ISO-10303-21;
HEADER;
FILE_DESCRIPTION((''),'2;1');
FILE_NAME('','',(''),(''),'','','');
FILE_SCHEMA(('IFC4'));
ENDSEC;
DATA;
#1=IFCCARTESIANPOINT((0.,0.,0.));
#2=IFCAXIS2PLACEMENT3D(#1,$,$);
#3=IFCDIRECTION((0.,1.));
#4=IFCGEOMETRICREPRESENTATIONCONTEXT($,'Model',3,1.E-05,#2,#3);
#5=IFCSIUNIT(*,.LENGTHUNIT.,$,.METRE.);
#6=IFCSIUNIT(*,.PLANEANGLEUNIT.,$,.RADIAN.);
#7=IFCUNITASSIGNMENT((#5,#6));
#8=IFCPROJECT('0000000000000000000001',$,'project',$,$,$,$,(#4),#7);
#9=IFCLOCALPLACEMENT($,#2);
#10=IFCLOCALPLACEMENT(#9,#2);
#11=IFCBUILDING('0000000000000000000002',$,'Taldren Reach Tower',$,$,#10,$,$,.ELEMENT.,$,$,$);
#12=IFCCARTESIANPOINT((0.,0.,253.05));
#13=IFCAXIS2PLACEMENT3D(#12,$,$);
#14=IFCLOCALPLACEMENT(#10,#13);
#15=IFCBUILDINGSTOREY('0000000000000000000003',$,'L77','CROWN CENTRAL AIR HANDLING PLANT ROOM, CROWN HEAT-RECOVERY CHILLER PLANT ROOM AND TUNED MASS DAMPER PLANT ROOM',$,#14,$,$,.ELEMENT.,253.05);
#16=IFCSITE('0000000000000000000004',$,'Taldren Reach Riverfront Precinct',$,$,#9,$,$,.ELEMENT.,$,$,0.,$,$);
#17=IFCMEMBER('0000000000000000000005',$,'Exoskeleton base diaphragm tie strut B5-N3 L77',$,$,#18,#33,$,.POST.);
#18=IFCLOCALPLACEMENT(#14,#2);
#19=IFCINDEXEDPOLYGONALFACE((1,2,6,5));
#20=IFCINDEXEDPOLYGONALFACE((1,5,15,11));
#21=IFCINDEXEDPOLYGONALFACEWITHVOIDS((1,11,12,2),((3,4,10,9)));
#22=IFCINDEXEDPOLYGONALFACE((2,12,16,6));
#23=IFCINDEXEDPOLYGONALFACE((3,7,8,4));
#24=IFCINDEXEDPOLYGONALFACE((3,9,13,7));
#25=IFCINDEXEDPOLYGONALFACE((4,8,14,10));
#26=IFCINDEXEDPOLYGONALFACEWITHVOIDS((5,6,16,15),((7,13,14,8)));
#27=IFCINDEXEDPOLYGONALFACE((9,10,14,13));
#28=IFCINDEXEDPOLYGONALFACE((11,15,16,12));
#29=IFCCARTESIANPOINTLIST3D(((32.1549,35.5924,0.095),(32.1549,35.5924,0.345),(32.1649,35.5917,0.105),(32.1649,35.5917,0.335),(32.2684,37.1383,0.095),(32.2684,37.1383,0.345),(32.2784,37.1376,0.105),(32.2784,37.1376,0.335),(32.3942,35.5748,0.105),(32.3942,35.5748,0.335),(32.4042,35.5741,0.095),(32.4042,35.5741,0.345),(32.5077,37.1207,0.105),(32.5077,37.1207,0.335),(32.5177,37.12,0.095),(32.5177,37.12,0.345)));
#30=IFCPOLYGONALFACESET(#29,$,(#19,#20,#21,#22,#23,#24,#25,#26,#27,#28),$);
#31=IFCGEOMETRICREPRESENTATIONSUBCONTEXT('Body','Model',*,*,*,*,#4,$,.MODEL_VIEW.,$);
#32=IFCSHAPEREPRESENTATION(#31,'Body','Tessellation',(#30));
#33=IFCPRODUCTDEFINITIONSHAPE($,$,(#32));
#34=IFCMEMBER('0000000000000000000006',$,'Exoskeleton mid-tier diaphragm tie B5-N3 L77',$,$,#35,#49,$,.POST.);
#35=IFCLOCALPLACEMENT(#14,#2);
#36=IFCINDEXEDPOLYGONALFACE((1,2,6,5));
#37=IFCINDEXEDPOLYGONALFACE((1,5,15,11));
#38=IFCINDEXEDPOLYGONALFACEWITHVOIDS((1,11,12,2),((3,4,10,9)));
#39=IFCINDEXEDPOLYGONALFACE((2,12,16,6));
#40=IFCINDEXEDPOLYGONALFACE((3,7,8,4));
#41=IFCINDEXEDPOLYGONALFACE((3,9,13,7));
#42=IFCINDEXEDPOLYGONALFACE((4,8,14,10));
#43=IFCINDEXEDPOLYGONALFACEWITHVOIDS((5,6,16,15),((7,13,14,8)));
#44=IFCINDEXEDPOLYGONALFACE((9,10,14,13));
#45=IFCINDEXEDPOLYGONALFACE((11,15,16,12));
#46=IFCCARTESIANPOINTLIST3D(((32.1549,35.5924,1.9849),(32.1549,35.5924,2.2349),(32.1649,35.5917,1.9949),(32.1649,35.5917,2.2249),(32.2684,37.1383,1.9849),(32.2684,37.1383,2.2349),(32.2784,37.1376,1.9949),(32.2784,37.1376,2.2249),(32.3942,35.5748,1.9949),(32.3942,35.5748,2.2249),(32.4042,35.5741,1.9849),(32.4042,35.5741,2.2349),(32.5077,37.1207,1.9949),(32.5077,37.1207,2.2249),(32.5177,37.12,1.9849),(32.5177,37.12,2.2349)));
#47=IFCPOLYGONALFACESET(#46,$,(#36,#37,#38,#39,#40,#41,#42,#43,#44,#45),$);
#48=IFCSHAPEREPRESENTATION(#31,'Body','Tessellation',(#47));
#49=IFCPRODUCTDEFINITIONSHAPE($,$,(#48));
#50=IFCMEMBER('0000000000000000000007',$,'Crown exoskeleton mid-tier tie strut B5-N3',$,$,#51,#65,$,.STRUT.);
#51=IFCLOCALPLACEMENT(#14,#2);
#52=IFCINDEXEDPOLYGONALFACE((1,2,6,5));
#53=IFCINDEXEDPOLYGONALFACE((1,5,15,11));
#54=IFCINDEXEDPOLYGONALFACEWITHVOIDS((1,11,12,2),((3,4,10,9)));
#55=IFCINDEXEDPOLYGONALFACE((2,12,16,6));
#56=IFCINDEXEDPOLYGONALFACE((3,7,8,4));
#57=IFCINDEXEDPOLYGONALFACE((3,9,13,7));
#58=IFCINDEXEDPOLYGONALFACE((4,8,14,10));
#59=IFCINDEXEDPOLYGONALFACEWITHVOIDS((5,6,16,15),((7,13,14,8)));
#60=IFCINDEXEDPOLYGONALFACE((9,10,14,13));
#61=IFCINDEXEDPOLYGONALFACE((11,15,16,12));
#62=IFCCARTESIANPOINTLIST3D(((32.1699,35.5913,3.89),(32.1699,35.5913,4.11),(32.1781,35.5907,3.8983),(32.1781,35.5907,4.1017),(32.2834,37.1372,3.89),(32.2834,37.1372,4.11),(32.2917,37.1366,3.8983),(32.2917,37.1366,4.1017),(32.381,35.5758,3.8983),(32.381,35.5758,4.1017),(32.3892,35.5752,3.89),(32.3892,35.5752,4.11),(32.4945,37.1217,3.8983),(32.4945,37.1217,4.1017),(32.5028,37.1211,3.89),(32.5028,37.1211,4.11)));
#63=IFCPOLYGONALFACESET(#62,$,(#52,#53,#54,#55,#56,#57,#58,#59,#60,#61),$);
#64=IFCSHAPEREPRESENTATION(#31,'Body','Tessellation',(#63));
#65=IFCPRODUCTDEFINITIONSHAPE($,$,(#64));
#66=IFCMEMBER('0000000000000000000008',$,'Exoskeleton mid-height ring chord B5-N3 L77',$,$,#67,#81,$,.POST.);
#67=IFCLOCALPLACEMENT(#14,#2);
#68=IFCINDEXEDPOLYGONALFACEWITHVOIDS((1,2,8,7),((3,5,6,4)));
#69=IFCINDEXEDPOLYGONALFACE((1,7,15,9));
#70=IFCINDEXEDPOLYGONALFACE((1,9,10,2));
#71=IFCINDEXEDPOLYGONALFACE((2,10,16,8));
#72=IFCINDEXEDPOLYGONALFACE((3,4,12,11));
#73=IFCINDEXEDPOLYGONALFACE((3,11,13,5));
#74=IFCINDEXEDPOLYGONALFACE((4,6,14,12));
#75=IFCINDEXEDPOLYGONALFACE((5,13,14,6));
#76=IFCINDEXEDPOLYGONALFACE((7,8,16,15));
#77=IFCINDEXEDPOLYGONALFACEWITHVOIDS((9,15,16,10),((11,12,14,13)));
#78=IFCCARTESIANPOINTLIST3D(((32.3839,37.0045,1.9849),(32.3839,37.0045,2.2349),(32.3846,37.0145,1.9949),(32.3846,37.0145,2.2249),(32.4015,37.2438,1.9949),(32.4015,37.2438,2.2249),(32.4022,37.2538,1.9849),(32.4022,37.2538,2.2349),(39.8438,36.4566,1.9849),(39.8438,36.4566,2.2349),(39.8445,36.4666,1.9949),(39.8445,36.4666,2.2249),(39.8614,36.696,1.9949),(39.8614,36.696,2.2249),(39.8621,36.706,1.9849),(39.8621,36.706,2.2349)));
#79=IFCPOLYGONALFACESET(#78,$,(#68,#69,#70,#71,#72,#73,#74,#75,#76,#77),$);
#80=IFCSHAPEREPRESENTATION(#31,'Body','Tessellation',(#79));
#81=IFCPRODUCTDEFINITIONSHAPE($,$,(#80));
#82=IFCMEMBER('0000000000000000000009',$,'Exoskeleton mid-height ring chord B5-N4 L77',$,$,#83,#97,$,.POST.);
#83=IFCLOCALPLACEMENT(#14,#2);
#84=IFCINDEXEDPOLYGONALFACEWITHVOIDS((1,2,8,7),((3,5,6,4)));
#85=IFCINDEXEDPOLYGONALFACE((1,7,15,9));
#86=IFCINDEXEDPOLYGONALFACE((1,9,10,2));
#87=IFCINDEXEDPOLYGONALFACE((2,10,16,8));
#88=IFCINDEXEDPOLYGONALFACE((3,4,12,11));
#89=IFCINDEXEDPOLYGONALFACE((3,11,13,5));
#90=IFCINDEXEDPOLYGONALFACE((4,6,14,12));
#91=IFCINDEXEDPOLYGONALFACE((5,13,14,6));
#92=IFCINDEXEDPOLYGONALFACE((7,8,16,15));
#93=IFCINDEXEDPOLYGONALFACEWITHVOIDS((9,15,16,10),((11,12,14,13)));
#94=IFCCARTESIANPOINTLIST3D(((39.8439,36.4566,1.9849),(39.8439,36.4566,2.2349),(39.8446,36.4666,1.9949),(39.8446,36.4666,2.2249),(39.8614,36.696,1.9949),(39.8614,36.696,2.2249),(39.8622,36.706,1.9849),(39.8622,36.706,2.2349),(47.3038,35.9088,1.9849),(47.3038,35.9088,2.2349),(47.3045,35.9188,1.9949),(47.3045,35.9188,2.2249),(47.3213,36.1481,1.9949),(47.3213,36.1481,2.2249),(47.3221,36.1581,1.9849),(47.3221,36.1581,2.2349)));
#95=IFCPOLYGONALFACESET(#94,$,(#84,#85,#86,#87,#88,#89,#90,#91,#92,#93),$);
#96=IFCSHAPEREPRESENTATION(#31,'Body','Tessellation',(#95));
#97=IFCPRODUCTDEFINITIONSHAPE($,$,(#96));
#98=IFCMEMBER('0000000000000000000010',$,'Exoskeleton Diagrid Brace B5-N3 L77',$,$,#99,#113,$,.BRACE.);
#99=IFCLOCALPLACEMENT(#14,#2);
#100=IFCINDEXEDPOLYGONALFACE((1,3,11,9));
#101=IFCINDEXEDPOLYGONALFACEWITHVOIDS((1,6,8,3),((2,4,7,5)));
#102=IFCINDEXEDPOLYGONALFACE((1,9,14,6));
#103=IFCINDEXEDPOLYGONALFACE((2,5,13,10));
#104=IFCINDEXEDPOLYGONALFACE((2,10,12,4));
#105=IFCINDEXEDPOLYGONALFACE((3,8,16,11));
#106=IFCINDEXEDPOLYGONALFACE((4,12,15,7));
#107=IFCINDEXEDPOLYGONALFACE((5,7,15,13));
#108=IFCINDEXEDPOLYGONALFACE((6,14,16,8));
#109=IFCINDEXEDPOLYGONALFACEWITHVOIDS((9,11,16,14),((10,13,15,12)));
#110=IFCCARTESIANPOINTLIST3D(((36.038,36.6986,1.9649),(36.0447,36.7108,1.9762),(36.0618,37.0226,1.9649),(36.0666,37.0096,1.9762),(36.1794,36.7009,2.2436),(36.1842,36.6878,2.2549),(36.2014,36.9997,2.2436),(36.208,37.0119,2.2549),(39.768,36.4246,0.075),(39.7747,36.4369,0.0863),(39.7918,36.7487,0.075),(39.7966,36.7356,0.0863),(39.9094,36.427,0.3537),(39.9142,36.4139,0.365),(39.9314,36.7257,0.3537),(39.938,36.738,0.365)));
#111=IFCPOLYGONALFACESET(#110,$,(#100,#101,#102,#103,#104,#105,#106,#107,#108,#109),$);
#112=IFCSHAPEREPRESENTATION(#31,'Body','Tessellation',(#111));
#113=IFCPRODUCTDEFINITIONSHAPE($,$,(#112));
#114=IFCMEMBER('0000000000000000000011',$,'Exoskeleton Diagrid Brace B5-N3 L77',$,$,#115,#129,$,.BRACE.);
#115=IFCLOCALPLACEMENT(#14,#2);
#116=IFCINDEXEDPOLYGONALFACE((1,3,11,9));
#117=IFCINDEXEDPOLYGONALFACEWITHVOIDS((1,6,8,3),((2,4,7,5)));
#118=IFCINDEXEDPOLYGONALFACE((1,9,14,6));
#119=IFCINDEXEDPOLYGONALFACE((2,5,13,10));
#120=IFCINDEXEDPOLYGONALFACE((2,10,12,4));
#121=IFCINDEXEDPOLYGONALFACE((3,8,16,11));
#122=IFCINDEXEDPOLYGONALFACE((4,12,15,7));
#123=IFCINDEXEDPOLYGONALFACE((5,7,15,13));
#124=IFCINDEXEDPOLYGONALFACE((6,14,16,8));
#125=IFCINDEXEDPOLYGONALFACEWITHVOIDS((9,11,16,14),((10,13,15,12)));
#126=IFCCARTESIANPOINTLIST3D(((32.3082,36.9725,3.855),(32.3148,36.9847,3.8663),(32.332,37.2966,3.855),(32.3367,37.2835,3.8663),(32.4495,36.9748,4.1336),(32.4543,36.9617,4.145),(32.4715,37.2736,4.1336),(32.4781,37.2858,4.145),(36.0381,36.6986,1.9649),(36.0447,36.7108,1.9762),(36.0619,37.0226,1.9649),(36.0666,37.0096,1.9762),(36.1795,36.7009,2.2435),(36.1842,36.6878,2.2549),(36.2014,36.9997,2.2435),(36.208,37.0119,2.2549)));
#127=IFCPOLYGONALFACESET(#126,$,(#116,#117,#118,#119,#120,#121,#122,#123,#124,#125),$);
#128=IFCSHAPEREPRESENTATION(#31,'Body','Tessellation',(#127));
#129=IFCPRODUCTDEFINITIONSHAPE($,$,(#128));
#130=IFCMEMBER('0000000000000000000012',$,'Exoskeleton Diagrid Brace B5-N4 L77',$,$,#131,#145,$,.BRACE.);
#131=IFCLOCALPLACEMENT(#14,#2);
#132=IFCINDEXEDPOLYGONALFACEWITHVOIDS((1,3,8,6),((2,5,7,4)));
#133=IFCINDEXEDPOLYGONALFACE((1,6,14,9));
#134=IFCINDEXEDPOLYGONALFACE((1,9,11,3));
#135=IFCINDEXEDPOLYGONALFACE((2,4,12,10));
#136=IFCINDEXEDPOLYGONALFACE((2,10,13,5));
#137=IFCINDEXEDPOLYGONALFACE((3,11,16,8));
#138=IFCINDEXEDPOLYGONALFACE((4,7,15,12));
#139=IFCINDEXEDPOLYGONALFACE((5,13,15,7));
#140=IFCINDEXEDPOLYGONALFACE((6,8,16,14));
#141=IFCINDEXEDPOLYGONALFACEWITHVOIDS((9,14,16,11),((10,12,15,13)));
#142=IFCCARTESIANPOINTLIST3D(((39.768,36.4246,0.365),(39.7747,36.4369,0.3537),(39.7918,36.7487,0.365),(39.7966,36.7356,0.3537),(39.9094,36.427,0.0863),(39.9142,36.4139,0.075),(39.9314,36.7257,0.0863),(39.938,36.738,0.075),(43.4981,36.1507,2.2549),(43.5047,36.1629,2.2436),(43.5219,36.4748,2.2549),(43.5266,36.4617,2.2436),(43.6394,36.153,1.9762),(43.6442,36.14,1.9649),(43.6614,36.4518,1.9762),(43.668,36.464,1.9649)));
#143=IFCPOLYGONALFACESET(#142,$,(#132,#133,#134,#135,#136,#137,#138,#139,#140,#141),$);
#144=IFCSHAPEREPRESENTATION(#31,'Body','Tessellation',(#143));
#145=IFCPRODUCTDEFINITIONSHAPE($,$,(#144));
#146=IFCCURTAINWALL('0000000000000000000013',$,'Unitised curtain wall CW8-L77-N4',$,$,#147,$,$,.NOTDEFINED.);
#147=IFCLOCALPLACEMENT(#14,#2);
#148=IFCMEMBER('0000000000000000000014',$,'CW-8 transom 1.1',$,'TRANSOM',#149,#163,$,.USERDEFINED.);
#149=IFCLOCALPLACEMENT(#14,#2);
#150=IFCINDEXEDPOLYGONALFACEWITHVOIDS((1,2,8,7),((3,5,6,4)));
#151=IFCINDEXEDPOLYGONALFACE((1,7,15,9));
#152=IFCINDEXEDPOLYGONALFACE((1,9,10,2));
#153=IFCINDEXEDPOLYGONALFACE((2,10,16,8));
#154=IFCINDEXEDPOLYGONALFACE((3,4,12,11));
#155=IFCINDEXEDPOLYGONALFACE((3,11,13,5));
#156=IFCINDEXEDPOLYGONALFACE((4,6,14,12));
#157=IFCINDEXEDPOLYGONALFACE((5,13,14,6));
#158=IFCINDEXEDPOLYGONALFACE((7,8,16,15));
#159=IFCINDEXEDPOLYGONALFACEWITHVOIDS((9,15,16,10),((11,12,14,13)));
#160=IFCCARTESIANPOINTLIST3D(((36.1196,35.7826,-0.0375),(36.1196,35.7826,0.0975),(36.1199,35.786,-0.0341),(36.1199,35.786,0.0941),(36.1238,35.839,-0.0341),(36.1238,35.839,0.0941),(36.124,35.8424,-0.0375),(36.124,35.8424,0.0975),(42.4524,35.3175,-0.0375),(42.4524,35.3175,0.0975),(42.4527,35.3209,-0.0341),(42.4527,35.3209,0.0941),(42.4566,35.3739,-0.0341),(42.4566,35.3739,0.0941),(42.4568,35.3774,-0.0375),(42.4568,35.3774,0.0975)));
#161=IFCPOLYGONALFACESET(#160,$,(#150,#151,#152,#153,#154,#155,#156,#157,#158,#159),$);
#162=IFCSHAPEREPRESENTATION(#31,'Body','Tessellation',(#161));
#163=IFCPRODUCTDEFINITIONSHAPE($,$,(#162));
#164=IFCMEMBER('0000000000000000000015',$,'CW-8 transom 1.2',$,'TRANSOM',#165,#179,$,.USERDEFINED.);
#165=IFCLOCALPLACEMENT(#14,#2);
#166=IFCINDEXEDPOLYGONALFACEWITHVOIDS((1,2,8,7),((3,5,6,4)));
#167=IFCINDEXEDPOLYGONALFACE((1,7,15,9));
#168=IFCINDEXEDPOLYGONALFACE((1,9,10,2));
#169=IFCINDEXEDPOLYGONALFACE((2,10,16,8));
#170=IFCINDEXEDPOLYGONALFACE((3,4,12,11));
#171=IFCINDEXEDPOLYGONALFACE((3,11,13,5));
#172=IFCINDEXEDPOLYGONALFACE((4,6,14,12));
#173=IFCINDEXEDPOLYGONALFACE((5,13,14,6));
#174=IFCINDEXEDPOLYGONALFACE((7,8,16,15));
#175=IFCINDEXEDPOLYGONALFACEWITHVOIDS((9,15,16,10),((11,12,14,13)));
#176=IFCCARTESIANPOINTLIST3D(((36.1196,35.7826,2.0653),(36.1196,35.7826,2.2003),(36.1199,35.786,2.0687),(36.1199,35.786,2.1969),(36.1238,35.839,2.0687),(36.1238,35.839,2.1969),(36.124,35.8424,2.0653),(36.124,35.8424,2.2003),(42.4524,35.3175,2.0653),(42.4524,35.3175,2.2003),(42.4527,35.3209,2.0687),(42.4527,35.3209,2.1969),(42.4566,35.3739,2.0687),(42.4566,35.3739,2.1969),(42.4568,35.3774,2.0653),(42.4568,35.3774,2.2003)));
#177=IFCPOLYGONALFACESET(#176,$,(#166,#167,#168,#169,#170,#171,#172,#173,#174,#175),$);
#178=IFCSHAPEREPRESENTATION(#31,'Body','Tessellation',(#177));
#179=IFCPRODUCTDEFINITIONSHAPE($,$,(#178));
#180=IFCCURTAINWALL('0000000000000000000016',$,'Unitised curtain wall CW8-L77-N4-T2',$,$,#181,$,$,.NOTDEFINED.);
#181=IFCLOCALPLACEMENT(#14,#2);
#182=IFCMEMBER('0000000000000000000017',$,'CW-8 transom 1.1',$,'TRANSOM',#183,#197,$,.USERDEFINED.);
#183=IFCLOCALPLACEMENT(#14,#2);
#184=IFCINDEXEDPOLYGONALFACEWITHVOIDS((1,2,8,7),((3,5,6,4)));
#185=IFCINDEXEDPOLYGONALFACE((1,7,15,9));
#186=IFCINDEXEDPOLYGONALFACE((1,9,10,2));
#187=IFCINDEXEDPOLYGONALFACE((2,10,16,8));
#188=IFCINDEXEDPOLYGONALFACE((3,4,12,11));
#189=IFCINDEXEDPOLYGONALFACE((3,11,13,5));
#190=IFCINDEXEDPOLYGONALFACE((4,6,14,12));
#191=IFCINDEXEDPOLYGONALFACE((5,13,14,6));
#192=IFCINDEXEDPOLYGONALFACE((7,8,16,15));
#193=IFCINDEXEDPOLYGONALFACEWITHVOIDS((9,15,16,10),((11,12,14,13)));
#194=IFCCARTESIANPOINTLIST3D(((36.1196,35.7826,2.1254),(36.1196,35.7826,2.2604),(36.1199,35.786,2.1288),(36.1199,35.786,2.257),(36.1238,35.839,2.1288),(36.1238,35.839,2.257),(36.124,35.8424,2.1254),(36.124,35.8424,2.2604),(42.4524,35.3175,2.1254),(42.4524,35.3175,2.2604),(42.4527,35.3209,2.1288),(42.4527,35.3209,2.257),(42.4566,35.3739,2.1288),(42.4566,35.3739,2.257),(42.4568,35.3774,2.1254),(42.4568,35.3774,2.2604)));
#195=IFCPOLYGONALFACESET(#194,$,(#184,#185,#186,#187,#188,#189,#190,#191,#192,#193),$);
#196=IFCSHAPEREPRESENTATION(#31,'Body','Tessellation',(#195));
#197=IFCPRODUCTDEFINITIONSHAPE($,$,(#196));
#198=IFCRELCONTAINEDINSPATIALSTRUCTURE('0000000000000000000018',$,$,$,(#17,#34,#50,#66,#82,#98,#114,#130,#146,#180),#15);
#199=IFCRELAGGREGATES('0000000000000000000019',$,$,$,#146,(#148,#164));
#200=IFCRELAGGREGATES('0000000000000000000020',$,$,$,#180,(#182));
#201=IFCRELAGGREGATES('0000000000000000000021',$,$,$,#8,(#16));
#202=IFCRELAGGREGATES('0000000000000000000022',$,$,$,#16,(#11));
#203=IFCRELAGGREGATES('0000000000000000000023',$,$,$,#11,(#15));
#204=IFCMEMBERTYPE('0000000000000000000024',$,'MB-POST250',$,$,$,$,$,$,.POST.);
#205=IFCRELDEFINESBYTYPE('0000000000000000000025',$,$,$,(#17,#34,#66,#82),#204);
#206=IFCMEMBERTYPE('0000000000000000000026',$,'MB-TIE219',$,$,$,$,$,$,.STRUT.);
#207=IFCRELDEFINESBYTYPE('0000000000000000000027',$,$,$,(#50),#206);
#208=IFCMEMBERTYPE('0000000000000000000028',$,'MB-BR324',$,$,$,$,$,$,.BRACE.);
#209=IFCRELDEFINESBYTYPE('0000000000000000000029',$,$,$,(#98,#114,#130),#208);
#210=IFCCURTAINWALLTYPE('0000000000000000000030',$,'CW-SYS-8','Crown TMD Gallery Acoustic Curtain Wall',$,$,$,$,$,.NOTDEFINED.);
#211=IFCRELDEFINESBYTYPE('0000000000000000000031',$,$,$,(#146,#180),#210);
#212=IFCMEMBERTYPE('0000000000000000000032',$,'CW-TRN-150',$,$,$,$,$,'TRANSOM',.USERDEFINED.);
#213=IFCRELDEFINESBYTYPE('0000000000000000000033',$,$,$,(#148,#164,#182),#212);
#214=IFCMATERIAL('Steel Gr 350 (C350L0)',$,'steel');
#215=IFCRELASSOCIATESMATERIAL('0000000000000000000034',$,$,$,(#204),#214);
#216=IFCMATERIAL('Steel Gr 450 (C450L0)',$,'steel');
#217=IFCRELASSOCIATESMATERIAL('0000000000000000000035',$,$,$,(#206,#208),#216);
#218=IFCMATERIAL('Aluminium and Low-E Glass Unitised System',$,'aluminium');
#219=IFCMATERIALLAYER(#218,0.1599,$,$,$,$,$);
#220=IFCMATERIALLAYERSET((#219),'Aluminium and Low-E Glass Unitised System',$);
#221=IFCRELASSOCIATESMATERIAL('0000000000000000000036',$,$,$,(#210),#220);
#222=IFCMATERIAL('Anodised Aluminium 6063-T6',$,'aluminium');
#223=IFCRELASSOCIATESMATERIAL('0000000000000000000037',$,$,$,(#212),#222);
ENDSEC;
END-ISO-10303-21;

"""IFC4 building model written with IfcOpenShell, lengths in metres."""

from ifc_helpers import new_model, si_unit, direction, frame, origin, origin_2d, place, context, subcontext, project, spatial, hollow_rectangle, extrude, source, transform, mapped, material, layer, layer_set, material_profile, profile_set, type_object, element, aggregate, save


model = new_model("IFC4")

# Units and contexts
model_context = context("Model", 3, precision=1e-05, world=origin(), true_north=direction((0.0, 1.0)))
body_context = subcontext(model_context, "Body", "Model", "MODEL_VIEW")
ifc_project = project(units=[si_unit("LENGTHUNIT", "METRE"), si_unit("PLANEANGLEUNIT", "RADIAN")], contexts=[model_context])

# Site, building, storey
site_placement = place(None, origin())
site = spatial("IfcSite", under=ifc_project, at=site_placement, Name="Taldren Reach Riverfront Precinct", CompositionType="ELEMENT", RefElevation=0.0)
building_placement = place(site_placement, origin())
building = spatial("IfcBuilding", under=site, at=building_placement, Name="Taldren Reach Tower", CompositionType="ELEMENT")
storey_placement = place(building_placement, frame((0.0, 0.0, 253.05)))
storey = spatial("IfcBuildingStorey", under=building, at=storey_placement, Name="L77", Description="CROWN CENTRAL AIR HANDLING PLANT ROOM, CROWN HEAT-RECOVERY CHILLER PLANT ROOM AND TUNED MASS DAMPER PLANT ROOM", CompositionType="ELEMENT", Elevation=253.05)

# Members
ifc_material_1 = material(Name="Steel Gr 350 (C350L0)", Category="steel")
ifc_material_profile_1 = material_profile(ifc_material_1, hollow_rectangle(XDim=0.25, YDim=0.25, WallThickness=0.01, at=origin_2d()), Name="250x250x10.0SHS")
ifc_profile_set_1 = profile_set([ifc_material_profile_1], Name="Steel Gr 350 (C350L0)")
member_type_1 = type_object("IfcMemberType", Name="MB-POST250", PredefinedType="POST", material=ifc_profile_set_1)
shared_shape_1 = source(origin(), body_context, "Body", "SweptSolid", [
    extrude(hollow_rectangle(XDim=0.25, YDim=0.25, WallThickness=0.01, at=origin_2d()), origin(), (0.0, 0.0, 1.0), 1.55),
])
for number, where, z_axis, x_axis, name in (
    (1, (32.2795, 35.5833, 0.22), (0.073239, 0.997314, 0.0), (-0.997314, 0.073239, 0.0), "Exoskeleton base diaphragm tie strut B5-N3 L77"),
    (2, (32.2795, 35.5833, 2.1099), (0.073239, 0.997314, 0.0), (-0.997314, 0.073239, 0.0), "Exoskeleton mid-tier diaphragm tie B5-N3 L77"),
):
    element("IfcMember", number, at=place(storey_placement, frame(where, z_axis=z_axis, x_axis=x_axis)), inside=storey, type_object=member_type_1, Name=name, PredefinedType="POST", context=body_context, shape_type="MappedRepresentation", body=[
        mapped(shared_shape_1, transform((0.0, 0.0, 0.0), scale=1.0)),
    ])
ifc_material_2 = material(Name="Steel Gr 450 (C450L0)", Category="steel")
ifc_material_profile_2 = material_profile(ifc_material_2, hollow_rectangle(XDim=0.22, YDim=0.22, WallThickness=0.0083, at=origin_2d()), Name="220x220x8.2SHS")
ifc_profile_set_2 = profile_set([ifc_material_profile_2], Name="Steel Gr 450 (C450L0)")
member_type_2 = type_object("IfcMemberType", Name="MB-TIE219", PredefinedType="STRUT", material=ifc_profile_set_2)
shared_shape_2 = source(origin(), body_context, "Body", "SweptSolid", [
    extrude(hollow_rectangle(XDim=0.22, YDim=0.22, WallThickness=0.0083, at=origin_2d()), origin(), (0.0, 0.0, 1.0), 1.55),
])
member_1_placement = place(storey_placement, frame((32.2795, 35.5833, 4.0), z_axis=(0.073239, 0.997314, 0.0), x_axis=(-0.997314, 0.073239, 0.0)))
element("IfcMember", 3, at=member_1_placement, inside=storey, type_object=member_type_2, Name="Crown exoskeleton mid-tier tie strut B5-N3", PredefinedType="STRUT", context=body_context, shape_type="MappedRepresentation", body=[
    mapped(shared_shape_2, transform((0.0, 0.0, 0.0), scale=1.0)),
])
shared_shape_3 = source(origin(), body_context, "Body", "SweptSolid", [
    extrude(hollow_rectangle(XDim=0.25, YDim=0.25, WallThickness=0.01, at=origin_2d()), origin(), (0.0, 0.0, 1.0), 7.48),
])
for number, where, z_axis, x_axis, name in (
    (4, (32.3931, 37.1292, 2.1099), (0.997314, -0.073242, 0.0), (0.073242, 0.997314, 0.0), "Exoskeleton mid-height ring chord B5-N3 L77"),
    (5, (39.853, 36.5813, 2.1099), (0.997314, -0.073242, 0.0), (0.073242, 0.997314, 0.0), "Exoskeleton mid-height ring chord B5-N4 L77"),
):
    element("IfcMember", number, at=place(storey_placement, frame(where, z_axis=z_axis, x_axis=x_axis)), inside=storey, type_object=member_type_1, Name=name, PredefinedType="POST", context=body_context, shape_type="MappedRepresentation", body=[
        mapped(shared_shape_3, transform((0.0, 0.0, 0.0), scale=1.0)),
    ])
ifc_material_profile_3 = material_profile(ifc_material_2, hollow_rectangle(XDim=0.325, YDim=0.325, WallThickness=0.0127, at=origin_2d()), Name="325x325x12.7SHS")
ifc_profile_set_3 = profile_set([ifc_material_profile_3], Name="Steel Gr 450 (C450L0)")
member_type_3 = type_object("IfcMemberType", Name="MB-BR324", PredefinedType="BRACE", material=ifc_profile_set_3)
shared_shape_4 = source(origin(), body_context, "Body", "SweptSolid", [
    extrude(hollow_rectangle(XDim=0.325, YDim=0.325, WallThickness=0.0127, at=origin_2d()), origin(), (0.0, 0.0, 1.0), 4.1904),
])
for number, where, z_axis, x_axis, name in (
    (6, (39.853, 36.5813, 0.22), (-0.890124, 0.06537, 0.451005), (-0.073242, -0.997314, 0.0), "Exoskeleton Diagrid Brace B5-N3 L77"),
    (7, (36.123, 36.8552, 2.1099), (-0.890101, 0.065368, 0.451051), (-0.073242, -0.997314, 0.0), "Exoskeleton Diagrid Brace B5-N3 L77"),
    (8, (39.853, 36.5813, 0.22), (0.890124, -0.06537, 0.451005), (0.073242, 0.997314, 0.0), "Exoskeleton Diagrid Brace B5-N4 L77"),
):
    element("IfcMember", number, at=place(storey_placement, frame(where, z_axis=z_axis, x_axis=x_axis)), inside=storey, type_object=member_type_3, Name=name, PredefinedType="BRACE", context=body_context, shape_type="MappedRepresentation", body=[
        mapped(shared_shape_4, transform((0.0, 0.0, 0.0), scale=1.0)),
    ])

# Curtain wall, members
ifc_material_3 = material(Name="Aluminium and Low-E Glass Unitised System", Category="aluminium")
ifc_layer_1 = layer(ifc_material_3, 0.1599)
ifc_layer_set_1 = layer_set([ifc_layer_1], Name="Aluminium and Low-E Glass Unitised System")
curtain_wall_type = type_object("IfcCurtainWallType", Name="CW-SYS-8", Description="Crown TMD Gallery Acoustic Curtain Wall", PredefinedType="NOTDEFINED", material=ifc_layer_set_1)
curtain_wall_1_placement = place(storey_placement, origin())
curtain_wall_1 = element("IfcCurtainWall", 9, at=curtain_wall_1_placement, inside=storey, type_object=curtain_wall_type, Name="Unitised curtain wall CW8-L77-N4", PredefinedType="NOTDEFINED")
ifc_material_4 = material(Name="Anodised Aluminium 6063-T6", Category="aluminium")
ifc_material_profile_4 = material_profile(ifc_material_4, hollow_rectangle(XDim=0.0601, YDim=0.135, WallThickness=0.0034, at=origin_2d()), Name="ALU-135x60x3.5RHS")
ifc_profile_set_4 = profile_set([ifc_material_profile_4], Name="Anodised Aluminium 6063-T6")
member_type_4 = type_object("IfcMemberType", Name="CW-TRN-150", ElementType="TRANSOM", PredefinedType="USERDEFINED", material=ifc_profile_set_4)
shared_shape_5 = source(origin(), body_context, "Body", "SweptSolid", [
    extrude(hollow_rectangle(XDim=0.0601, YDim=0.135, WallThickness=0.0034, at=origin_2d()), origin(), (0.0, 0.0, 1.0), 6.3499),
])
member_2_placement = place(storey_placement, frame((36.1218, 35.8125, 0.03), z_axis=(0.997314, -0.073244, 0.0), x_axis=(0.073244, 0.997314, 0.0)))
member_2 = element("IfcMember", 10, at=member_2_placement, type_object=member_type_4, Name="CW-8 transom 1.1", ObjectType="TRANSOM", PredefinedType="USERDEFINED", context=body_context, shape_type="MappedRepresentation", body=[
    mapped(shared_shape_5, transform((0.0, 0.0, 0.0), scale=1.0)),
])
member_3_placement = place(storey_placement, frame((36.1218, 35.8125, 2.1328), z_axis=(0.997314, -0.073244, 0.0), x_axis=(0.073244, 0.997314, 0.0)))
member_3 = element("IfcMember", 11, at=member_3_placement, type_object=member_type_4, Name="CW-8 transom 1.2", ObjectType="TRANSOM", PredefinedType="USERDEFINED", context=body_context, shape_type="MappedRepresentation", body=[
    mapped(shared_shape_5, transform((0.0, 0.0, 0.0), scale=1.0)),
])

# Curtain wall, member
curtain_wall_2_placement = place(storey_placement, origin())
curtain_wall_2 = element("IfcCurtainWall", 12, at=curtain_wall_2_placement, inside=storey, type_object=curtain_wall_type, Name="Unitised curtain wall CW8-L77-N4-T2", PredefinedType="NOTDEFINED")
member_4_placement = place(storey_placement, frame((36.1218, 35.8125, 2.1929), z_axis=(0.997314, -0.073244, 0.0), x_axis=(0.073244, 0.997314, 0.0)))
member_4 = element("IfcMember", 13, at=member_4_placement, type_object=member_type_4, Name="CW-8 transom 1.1", ObjectType="TRANSOM", PredefinedType="USERDEFINED", context=body_context, shape_type="MappedRepresentation", body=[
    mapped(shared_shape_5, transform((0.0, 0.0, 0.0), scale=1.0)),
])

aggregate(curtain_wall_1, [member_2, member_3])
aggregate(curtain_wall_2, [member_4])

save(model, "model.ifc")
